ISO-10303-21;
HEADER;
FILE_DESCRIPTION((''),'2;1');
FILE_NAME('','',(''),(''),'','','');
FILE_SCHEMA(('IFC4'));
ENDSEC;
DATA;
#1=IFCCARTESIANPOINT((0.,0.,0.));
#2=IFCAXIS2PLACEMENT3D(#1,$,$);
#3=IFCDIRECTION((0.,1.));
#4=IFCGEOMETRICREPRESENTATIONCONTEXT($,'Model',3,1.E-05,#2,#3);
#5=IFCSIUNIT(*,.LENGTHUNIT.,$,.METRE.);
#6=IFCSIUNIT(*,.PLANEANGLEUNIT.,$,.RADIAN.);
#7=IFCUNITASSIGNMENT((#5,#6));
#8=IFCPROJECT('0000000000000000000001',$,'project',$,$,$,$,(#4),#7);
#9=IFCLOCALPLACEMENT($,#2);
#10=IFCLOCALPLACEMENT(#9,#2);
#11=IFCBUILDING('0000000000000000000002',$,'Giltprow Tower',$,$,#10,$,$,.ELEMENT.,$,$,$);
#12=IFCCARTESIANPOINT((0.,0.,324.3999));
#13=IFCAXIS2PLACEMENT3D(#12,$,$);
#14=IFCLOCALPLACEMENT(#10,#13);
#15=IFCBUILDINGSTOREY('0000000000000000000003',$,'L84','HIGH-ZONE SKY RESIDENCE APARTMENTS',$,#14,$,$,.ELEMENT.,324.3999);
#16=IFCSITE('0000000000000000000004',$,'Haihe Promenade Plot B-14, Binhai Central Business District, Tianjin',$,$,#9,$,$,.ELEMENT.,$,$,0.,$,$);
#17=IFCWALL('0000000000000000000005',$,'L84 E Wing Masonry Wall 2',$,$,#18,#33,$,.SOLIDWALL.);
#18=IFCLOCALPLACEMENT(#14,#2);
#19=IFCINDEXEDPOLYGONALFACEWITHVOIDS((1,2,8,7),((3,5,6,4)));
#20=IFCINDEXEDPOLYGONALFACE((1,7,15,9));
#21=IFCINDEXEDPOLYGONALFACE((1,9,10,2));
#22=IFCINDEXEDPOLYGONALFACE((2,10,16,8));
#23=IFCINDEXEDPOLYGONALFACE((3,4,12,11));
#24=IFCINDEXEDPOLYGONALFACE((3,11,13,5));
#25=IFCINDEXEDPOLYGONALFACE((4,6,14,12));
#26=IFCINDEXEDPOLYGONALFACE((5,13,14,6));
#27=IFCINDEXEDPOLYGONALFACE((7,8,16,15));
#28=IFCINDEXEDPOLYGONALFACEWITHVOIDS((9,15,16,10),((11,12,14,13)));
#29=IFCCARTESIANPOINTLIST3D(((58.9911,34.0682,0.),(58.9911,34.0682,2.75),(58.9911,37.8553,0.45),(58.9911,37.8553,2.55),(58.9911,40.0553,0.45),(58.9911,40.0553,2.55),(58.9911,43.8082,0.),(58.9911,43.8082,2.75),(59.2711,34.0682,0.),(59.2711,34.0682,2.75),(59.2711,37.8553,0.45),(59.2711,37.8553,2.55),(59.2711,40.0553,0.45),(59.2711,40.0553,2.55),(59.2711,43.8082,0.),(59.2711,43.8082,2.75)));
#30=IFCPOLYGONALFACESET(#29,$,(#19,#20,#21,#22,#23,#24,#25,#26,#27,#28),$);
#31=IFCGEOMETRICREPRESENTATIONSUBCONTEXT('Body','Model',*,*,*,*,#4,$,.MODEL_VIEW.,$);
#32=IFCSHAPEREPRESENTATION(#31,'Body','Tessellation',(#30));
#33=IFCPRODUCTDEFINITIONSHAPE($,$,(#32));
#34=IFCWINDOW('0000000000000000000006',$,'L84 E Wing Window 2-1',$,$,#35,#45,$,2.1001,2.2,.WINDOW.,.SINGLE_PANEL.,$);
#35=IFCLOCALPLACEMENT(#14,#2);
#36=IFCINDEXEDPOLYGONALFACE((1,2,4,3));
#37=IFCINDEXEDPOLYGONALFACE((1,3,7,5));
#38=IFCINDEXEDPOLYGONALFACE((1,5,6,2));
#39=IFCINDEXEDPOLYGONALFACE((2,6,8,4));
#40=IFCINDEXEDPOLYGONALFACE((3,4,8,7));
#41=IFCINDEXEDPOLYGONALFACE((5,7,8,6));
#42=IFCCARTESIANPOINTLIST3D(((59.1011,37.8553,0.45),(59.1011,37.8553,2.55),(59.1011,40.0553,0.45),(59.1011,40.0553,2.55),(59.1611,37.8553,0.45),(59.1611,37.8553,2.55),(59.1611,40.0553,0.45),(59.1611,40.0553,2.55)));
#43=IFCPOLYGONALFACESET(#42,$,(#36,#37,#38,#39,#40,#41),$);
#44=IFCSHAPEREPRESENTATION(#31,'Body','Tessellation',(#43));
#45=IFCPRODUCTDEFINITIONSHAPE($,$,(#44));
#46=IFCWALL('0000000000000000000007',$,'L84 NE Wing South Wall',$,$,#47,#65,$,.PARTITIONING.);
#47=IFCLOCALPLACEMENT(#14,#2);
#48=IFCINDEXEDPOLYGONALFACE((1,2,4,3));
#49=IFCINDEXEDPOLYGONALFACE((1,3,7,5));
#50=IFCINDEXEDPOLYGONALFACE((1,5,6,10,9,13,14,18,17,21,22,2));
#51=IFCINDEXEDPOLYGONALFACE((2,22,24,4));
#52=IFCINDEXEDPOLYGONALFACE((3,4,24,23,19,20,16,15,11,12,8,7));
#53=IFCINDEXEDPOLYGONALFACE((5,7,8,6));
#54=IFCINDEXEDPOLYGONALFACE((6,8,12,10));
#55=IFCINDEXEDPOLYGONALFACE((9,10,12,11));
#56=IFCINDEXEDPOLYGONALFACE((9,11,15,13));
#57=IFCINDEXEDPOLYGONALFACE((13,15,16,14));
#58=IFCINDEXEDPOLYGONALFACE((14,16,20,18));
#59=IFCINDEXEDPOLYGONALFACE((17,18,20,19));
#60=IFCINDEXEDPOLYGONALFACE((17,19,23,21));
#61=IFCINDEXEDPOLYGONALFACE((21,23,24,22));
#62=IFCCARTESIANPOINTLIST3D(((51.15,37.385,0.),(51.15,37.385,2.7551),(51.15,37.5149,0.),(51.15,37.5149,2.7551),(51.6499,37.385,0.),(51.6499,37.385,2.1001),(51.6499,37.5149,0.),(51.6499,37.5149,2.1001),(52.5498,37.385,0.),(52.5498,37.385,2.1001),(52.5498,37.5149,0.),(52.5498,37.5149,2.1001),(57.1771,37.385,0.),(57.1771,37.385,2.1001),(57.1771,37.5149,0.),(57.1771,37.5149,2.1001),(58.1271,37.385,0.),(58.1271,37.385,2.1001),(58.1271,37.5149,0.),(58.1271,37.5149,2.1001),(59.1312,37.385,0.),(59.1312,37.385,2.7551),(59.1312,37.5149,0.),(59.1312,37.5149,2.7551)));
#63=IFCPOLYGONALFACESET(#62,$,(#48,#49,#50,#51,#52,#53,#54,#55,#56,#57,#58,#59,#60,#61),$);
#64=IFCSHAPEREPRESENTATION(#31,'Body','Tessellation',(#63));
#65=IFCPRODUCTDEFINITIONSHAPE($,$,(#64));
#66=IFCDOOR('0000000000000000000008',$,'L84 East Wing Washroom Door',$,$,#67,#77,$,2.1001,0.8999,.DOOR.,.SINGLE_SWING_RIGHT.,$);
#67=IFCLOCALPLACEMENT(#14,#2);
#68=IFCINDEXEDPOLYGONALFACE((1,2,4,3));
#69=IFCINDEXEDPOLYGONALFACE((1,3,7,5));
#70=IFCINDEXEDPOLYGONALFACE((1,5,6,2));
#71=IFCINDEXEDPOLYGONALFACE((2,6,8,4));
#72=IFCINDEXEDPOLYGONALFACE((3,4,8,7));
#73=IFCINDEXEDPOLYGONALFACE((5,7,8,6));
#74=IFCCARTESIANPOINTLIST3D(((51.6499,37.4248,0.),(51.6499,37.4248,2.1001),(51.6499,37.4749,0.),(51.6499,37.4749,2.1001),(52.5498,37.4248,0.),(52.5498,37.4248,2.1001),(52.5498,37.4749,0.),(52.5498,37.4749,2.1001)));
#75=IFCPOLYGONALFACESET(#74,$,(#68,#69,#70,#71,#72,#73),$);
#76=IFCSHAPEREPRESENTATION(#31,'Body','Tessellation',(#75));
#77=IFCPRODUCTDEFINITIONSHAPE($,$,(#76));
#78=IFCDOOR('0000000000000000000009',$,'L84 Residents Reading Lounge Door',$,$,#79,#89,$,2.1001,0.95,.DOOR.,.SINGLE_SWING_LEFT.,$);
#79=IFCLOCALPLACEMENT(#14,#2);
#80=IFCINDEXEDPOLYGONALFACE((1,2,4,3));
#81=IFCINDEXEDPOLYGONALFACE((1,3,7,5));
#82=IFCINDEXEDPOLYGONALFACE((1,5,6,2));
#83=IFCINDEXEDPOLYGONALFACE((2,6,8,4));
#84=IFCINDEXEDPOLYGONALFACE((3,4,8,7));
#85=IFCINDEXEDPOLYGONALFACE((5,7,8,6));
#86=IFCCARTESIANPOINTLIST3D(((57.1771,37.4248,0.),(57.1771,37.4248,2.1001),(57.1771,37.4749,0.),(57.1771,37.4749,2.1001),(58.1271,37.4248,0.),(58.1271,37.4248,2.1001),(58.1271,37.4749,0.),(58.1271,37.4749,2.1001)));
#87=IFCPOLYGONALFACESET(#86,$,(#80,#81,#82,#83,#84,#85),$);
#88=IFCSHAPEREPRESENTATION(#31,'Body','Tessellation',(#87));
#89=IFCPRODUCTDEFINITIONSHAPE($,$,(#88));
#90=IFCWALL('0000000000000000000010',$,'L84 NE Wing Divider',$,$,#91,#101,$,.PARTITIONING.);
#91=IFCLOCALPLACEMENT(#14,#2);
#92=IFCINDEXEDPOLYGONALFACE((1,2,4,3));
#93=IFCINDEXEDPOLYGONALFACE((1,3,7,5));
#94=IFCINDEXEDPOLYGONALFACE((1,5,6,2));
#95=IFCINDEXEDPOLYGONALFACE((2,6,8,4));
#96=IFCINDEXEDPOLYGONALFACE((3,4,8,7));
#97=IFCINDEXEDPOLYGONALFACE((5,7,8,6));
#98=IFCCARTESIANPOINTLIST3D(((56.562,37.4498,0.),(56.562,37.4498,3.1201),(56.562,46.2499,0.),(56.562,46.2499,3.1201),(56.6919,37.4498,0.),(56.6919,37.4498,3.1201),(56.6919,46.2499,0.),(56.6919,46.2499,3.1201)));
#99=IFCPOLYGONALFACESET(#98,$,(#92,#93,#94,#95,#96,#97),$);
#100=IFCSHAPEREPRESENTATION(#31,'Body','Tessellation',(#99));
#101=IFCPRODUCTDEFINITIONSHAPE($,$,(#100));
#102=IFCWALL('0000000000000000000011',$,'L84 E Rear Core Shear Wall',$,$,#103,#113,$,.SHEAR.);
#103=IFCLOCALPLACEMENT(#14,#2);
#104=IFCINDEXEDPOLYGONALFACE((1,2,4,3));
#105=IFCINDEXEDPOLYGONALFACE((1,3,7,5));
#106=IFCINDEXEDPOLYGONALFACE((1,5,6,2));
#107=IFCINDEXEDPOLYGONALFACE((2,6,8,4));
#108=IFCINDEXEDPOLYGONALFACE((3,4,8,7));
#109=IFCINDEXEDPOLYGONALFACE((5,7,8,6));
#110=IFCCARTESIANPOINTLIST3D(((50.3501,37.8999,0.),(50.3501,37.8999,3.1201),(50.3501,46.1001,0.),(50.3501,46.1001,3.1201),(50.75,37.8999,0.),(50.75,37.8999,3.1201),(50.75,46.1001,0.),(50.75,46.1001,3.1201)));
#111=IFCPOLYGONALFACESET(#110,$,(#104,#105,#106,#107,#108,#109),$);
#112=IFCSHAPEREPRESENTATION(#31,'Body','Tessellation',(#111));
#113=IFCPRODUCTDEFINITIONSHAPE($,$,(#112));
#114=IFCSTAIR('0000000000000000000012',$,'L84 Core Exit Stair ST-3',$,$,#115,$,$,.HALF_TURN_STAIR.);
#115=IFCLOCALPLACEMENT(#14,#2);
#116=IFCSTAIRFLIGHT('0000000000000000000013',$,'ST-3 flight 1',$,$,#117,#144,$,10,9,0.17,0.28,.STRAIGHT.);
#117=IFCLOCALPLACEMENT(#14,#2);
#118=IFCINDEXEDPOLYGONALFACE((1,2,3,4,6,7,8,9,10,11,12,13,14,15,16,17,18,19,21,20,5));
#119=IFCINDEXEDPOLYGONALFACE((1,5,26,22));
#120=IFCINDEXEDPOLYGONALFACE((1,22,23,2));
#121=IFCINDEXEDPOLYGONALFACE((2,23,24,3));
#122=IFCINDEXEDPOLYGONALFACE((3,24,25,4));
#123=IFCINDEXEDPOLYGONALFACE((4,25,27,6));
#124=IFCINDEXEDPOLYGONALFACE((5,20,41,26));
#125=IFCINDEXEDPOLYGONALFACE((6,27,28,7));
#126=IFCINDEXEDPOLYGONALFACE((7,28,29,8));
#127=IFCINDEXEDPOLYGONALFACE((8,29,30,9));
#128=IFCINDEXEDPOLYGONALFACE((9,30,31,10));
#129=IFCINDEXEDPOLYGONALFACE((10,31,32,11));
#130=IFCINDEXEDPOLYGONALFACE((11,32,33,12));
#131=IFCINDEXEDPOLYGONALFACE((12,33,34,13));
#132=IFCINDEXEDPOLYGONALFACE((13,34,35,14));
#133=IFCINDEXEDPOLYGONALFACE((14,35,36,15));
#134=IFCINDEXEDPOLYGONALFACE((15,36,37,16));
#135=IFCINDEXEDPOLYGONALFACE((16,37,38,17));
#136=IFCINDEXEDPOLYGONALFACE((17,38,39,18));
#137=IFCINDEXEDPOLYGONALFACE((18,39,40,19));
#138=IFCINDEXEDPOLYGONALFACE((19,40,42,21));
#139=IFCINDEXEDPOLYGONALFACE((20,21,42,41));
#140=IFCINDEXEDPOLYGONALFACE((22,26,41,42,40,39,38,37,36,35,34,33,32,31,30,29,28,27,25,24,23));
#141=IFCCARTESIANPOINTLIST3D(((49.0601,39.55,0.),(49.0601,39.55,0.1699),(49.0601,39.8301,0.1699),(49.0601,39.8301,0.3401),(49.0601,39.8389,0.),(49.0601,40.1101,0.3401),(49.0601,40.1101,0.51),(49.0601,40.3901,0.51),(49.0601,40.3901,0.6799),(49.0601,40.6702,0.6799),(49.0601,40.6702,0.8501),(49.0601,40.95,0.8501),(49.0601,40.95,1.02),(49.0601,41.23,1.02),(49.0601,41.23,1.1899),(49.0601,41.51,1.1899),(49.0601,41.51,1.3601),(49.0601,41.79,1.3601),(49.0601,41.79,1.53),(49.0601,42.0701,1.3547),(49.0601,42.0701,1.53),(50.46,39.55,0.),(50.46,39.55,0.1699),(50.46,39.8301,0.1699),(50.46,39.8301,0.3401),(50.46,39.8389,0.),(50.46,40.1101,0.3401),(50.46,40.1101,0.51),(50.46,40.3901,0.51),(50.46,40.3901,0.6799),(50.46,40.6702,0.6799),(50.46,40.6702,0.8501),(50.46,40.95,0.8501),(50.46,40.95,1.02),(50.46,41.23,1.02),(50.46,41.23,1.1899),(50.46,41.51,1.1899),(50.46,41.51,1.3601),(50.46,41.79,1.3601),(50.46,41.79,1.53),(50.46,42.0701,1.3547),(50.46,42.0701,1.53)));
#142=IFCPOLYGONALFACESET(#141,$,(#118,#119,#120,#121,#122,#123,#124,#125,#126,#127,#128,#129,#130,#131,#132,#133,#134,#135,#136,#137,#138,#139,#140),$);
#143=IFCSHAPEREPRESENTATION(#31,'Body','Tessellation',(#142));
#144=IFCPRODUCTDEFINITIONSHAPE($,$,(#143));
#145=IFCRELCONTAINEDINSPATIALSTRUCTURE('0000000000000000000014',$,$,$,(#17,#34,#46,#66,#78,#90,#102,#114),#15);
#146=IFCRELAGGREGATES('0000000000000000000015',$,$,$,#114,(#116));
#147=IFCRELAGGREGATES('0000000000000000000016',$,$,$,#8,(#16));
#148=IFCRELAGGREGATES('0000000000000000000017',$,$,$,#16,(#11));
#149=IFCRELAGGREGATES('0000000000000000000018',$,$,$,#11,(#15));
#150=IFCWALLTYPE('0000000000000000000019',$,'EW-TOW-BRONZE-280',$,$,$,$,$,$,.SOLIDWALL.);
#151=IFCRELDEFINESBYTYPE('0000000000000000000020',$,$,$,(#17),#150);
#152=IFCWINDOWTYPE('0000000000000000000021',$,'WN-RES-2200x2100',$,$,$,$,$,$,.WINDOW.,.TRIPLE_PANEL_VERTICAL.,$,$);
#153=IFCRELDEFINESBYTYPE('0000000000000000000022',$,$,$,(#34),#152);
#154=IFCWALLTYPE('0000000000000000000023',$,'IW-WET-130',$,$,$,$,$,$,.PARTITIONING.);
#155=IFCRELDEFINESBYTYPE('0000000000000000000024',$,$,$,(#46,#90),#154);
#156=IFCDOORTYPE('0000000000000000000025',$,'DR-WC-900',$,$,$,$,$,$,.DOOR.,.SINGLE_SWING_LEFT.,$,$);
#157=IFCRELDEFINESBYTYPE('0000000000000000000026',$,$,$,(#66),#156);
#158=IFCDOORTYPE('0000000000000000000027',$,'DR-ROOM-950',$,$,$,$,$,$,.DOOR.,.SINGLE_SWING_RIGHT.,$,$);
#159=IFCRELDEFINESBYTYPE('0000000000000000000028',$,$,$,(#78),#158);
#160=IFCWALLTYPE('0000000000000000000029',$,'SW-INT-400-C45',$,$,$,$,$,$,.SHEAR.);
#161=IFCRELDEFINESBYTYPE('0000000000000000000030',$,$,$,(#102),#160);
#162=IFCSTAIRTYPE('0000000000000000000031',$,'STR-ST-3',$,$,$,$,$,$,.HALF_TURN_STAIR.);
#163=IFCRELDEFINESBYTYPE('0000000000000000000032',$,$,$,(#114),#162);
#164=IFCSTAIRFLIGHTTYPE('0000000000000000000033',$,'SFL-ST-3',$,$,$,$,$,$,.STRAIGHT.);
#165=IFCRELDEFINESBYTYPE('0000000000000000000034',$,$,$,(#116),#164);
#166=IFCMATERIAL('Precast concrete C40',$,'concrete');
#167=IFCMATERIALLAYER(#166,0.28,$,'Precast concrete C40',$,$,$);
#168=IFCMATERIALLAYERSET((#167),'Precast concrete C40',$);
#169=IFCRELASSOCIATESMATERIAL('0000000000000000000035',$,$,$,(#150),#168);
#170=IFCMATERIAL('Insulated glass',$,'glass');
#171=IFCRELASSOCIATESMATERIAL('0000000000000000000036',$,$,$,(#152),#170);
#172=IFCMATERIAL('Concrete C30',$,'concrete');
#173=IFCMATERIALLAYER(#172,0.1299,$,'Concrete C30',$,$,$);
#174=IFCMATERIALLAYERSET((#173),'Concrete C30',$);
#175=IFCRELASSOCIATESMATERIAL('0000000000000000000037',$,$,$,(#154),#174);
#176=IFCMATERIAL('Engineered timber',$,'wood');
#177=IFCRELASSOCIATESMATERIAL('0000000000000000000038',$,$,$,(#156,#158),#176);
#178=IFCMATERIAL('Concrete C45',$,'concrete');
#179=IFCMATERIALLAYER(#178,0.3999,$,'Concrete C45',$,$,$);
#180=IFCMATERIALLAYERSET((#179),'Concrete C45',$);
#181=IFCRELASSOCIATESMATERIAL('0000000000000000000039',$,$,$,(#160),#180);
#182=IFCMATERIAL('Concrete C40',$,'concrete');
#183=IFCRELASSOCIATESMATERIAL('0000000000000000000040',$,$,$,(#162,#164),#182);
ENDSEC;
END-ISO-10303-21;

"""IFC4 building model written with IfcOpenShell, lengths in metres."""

from ifc_helpers import new_model, si_unit, direction, frame, frame_2d, origin, place, context, subcontext, project, spatial, polyline, rectangle, outline, extrude, source, transform, mapped, material, layer, layer_set, type_object, element, fill, aggregate, save


model = new_model("IFC4")

# Units and contexts
model_context = context("Model", 3, precision=1e-05, world=origin(), true_north=direction((0.0, 1.0)))
body_context = subcontext(model_context, "Body", "Model", "MODEL_VIEW")
ifc_project = project(units=[si_unit("LENGTHUNIT", "METRE"), si_unit("PLANEANGLEUNIT", "RADIAN")], contexts=[model_context])

# Site, building, storey
site_placement = place(None, origin())
site = spatial("IfcSite", under=ifc_project, at=site_placement, Name="Haihe Promenade Plot B-14, Binhai Central Business District, Tianjin", CompositionType="ELEMENT", RefElevation=0.0)
building_placement = place(site_placement, origin())
building = spatial("IfcBuilding", under=site, at=building_placement, Name="Giltprow Tower", CompositionType="ELEMENT")
storey_placement = place(building_placement, frame((0.0, 0.0, 324.3999)))
storey = spatial("IfcBuildingStorey", under=building, at=storey_placement, Name="L84", Description="HIGH-ZONE SKY RESIDENCE APARTMENTS", CompositionType="ELEMENT", Elevation=324.3999)

# Shared definitions
ifc_material_1 = material(Name="Concrete C45", Category="concrete")

# Wall, opening, window
ifc_material_2 = material(Name="Precast concrete C40", Category="concrete")
ifc_layer_1 = layer(ifc_material_2, 0.28, Name="Precast concrete C40")
ifc_layer_set_1 = layer_set([ifc_layer_1], Name="Precast concrete C40")
wall_type_1 = type_object("IfcWallType", Name="EW-TOW-BRONZE-280", PredefinedType="SOLIDWALL", material=ifc_layer_set_1)
wall_1_placement = place(storey_placement, frame((59.1311, 34.0681, 0.0), z_axis=(0.0, 0.0, 1.0), x_axis=(0.0, 1.0, 0.0)))
wall_1 = element("IfcWall", 1, at=wall_1_placement, inside=storey, type_object=wall_type_1, Name="L84 E Wing Masonry Wall 2", PredefinedType="SOLIDWALL", context=body_context, shape_type="SweptSolid", body=[
    extrude(rectangle(XDim=9.74, YDim=0.28, at=frame_2d((4.8701, 0.0))), origin(), (0.0, 0.0, 1.0), 2.75),
])
opening_1_placement = place(wall_1_placement, frame((3.7871, 0.0, 0.45)))
opening_1 = element("IfcOpeningElement", 2, at=opening_1_placement, cuts=wall_1, PredefinedType="OPENING", context=body_context, shape_type="SweptSolid", body=[
    extrude(rectangle(XDim=2.2, YDim=2.1001, at=frame_2d((1.1001, 1.05))), frame((0.0, 0.1499, 0.0), z_axis=(0.0, -1.0, 0.0), x_axis=(1.0, 0.0, 0.0)), (0.0, 0.0, 1.0), 0.3),
])
ifc_material_3 = material(Name="Insulated glass", Category="glass")
window_type = type_object("IfcWindowType", Name="WN-RES-2200x2100", PartitioningType="TRIPLE_PANEL_VERTICAL", PredefinedType="WINDOW", material=ifc_material_3)
shared_shape_1 = source(origin(), body_context, "Body", "SweptSolid", [
    extrude(rectangle(XDim=2.2, YDim=2.1001, at=frame_2d((1.1001, 1.05))), frame((0.0, 0.03, 0.0), z_axis=(0.0, -1.0, 0.0), x_axis=(1.0, 0.0, 0.0)), (0.0, 0.0, 1.0), 0.0601),
])
window_placement = place(opening_1_placement, origin())
window = element("IfcWindow", 3, at=window_placement, inside=storey, type_object=window_type, Name="L84 E Wing Window 2-1", OverallHeight=2.1001, OverallWidth=2.2, PartitioningType="SINGLE_PANEL", PredefinedType="WINDOW", context=body_context, shape_type="MappedRepresentation", body=[
    mapped(shared_shape_1, transform((0.0, 0.0, 0.0), x_axis=(1.0, 0.0, 0.0), y_axis=(0.0, 1.0, 0.0), z_axis=(0.0, 0.0, 1.0), scale=1.0)),
])
fill(opening_1, window)

# Wall, openings, doors
ifc_material_4 = material(Name="Concrete C30", Category="concrete")
ifc_layer_2 = layer(ifc_material_4, 0.1299, Name="Concrete C30")
ifc_layer_set_2 = layer_set([ifc_layer_2], Name="Concrete C30")
wall_type_2 = type_object("IfcWallType", Name="IW-WET-130", PredefinedType="PARTITIONING", material=ifc_layer_set_2)
wall_2_placement = place(storey_placement, frame((51.1499, 37.45, 0.0), z_axis=(0.0, 0.0, 1.0), x_axis=(1.0, 0.0, 0.0)))
wall_2 = element("IfcWall", 4, at=wall_2_placement, inside=storey, type_object=wall_type_2, Name="L84 NE Wing South Wall", PredefinedType="PARTITIONING", context=body_context, shape_type="SweptSolid", body=[
    extrude(rectangle(XDim=7.9812, YDim=0.1299, at=frame_2d((3.9907, 0.0))), origin(), (0.0, 0.0, 1.0), 2.7551),
])
opening_2_placement = place(wall_2_placement, frame((0.5, 0.0, 0.0)))
opening_2 = element("IfcOpeningElement", 5, at=opening_2_placement, cuts=wall_2, PredefinedType="OPENING", context=body_context, shape_type="SweptSolid", body=[
    extrude(rectangle(XDim=0.8999, YDim=2.1001, at=frame_2d((0.45, 1.05))), frame((0.0, 0.075, 0.0), z_axis=(0.0, -1.0, 0.0), x_axis=(1.0, 0.0, 0.0)), (0.0, 0.0, 1.0), 0.1499),
])
opening_3_placement = place(wall_2_placement, frame((6.0271, 0.0, 0.0)))
opening_3 = element("IfcOpeningElement", 6, at=opening_3_placement, cuts=wall_2, PredefinedType="OPENING", context=body_context, shape_type="SweptSolid", body=[
    extrude(rectangle(XDim=0.95, YDim=2.1001, at=frame_2d((0.4751, 1.05))), frame((0.0, 0.075, 0.0), z_axis=(0.0, -1.0, 0.0), x_axis=(1.0, 0.0, 0.0)), (0.0, 0.0, 1.0), 0.1499),
])
ifc_material_5 = material(Name="Engineered timber", Category="wood")
door_type_1 = type_object("IfcDoorType", Name="DR-WC-900", OperationType="SINGLE_SWING_LEFT", PredefinedType="DOOR", material=ifc_material_5)
shared_shape_2 = source(origin(), body_context, "Body", "SweptSolid", [
    extrude(rectangle(XDim=0.8999, YDim=2.1001, at=frame_2d((0.45, 1.05))), frame((0.0, 0.0249, 0.0), z_axis=(0.0, -1.0, 0.0), x_axis=(1.0, 0.0, 0.0)), (0.0, 0.0, 1.0), 0.05),
])
door_1_placement = place(opening_2_placement, origin())
door_1 = element("IfcDoor", 7, at=door_1_placement, inside=storey, type_object=door_type_1, Name="L84 East Wing Washroom Door", OperationType="SINGLE_SWING_RIGHT", OverallHeight=2.1001, OverallWidth=0.8999, PredefinedType="DOOR", context=body_context, shape_type="MappedRepresentation", body=[
    mapped(shared_shape_2, transform((0.0, 0.0, 0.0), x_axis=(1.0, 0.0, 0.0), y_axis=(0.0, 1.0, 0.0), z_axis=(0.0, 0.0, 1.0), scale=1.0)),
])
fill(opening_2, door_1)
door_type_2 = type_object("IfcDoorType", Name="DR-ROOM-950", OperationType="SINGLE_SWING_RIGHT", PredefinedType="DOOR", material=ifc_material_5)
shared_shape_3 = source(origin(), body_context, "Body", "SweptSolid", [
    extrude(rectangle(XDim=0.95, YDim=2.1001, at=frame_2d((0.4751, 1.05))), frame((0.0, 0.0249, 0.0), z_axis=(0.0, -1.0, 0.0), x_axis=(1.0, 0.0, 0.0)), (0.0, 0.0, 1.0), 0.05),
])
door_2_placement = place(opening_3_placement, origin())
door_2 = element("IfcDoor", 8, at=door_2_placement, inside=storey, type_object=door_type_2, Name="L84 Residents Reading Lounge Door", OperationType="SINGLE_SWING_LEFT", OverallHeight=2.1001, OverallWidth=0.95, PredefinedType="DOOR", context=body_context, shape_type="MappedRepresentation", body=[
    mapped(shared_shape_3, transform((0.0, 0.0, 0.0), x_axis=(1.0, 0.0, 0.0), y_axis=(0.0, 1.0, 0.0), z_axis=(0.0, 0.0, 1.0), scale=1.0)),
])
fill(opening_3, door_2)

# Walls
wall_3_placement = place(storey_placement, frame((56.627, 37.45, 0.0), z_axis=(0.0, 0.0, 1.0), x_axis=(0.0, 1.0, 0.0)))
element("IfcWall", 9, at=wall_3_placement, inside=storey, type_object=wall_type_2, Name="L84 NE Wing Divider", PredefinedType="PARTITIONING", context=body_context, shape_type="SweptSolid", body=[
    extrude(rectangle(XDim=8.8, YDim=0.1299, at=frame_2d((4.3999, 0.0))), origin(), (0.0, 0.0, 1.0), 3.1201),
])
ifc_layer_3 = layer(ifc_material_1, 0.3999, Name="Concrete C45")
ifc_layer_set_3 = layer_set([ifc_layer_3], Name="Concrete C45")
wall_type_3 = type_object("IfcWallType", Name="SW-INT-400-C45", PredefinedType="SHEAR", material=ifc_layer_set_3)
wall_4_placement = place(storey_placement, frame((50.55, 37.8999, 0.0), z_axis=(0.0, 0.0, 1.0), x_axis=(0.0, 1.0, 0.0)))
element("IfcWall", 10, at=wall_4_placement, inside=storey, type_object=wall_type_3, Name="L84 E Rear Core Shear Wall", PredefinedType="SHEAR", context=body_context, shape_type="SweptSolid", body=[
    extrude(rectangle(XDim=8.2002, YDim=0.3999, at=frame_2d((4.1001, 0.0))), origin(), (0.0, 0.0, 1.0), 3.1201),
])

# Stair, stair flight
ifc_material_6 = material(Name="Concrete C40", Category="concrete")
stair_type = type_object("IfcStairType", Name="STR-ST-3", PredefinedType="HALF_TURN_STAIR", material=ifc_material_6)
stair_placement = place(storey_placement, origin())
stair = element("IfcStair", 11, at=stair_placement, inside=storey, type_object=stair_type, Name="L84 Core Exit Stair ST-3", PredefinedType="HALF_TURN_STAIR")
stair_flight_type = type_object("IfcStairFlightType", Name="SFL-ST-3", PredefinedType="STRAIGHT", material=ifc_material_6)
stair_flight_placement = place(storey_placement, frame((49.76, 39.55, 0.0), z_axis=(0.0, 0.0, 1.0), x_axis=(0.0, 1.0, 0.0)))
stair_flight = element("IfcStairFlight", 12, at=stair_flight_placement, type_object=stair_flight_type, Name="ST-3 flight 1", NumberOfRisers=10, NumberOfTreads=9, PredefinedType="STRAIGHT", RiserHeight=0.17, TreadLength=0.28, context=body_context, shape_type="SweptSolid", body=[
    extrude(outline(polyline([(0.0, 0.0), (0.0, 0.1699), (0.28, 0.1699), (0.28, 0.3401), (0.5601, 0.3401), (0.5601, 0.51), (0.8401, 0.51), (0.8401, 0.6799), (1.1201, 0.6799), (1.1201, 0.8501), (1.3999, 0.8501), (1.3999, 1.02), (1.6799, 1.02), (1.6799, 1.1899), (1.96, 1.1899), (1.96, 1.3601), (2.24, 1.3601), (2.24, 1.53), (2.52, 1.53), (2.52, 1.7), (2.52, 1.3547), (0.2888, 0.0), (0.0, 0.0)])), frame((0.0, 0.7, 0.0), z_axis=(0.0, -1.0, 0.0), x_axis=(1.0, 0.0, 0.0)), (0.0, 0.0, 1.0), 1.3999),
])
aggregate(stair, [stair_flight])

save(model, "model.ifc")
